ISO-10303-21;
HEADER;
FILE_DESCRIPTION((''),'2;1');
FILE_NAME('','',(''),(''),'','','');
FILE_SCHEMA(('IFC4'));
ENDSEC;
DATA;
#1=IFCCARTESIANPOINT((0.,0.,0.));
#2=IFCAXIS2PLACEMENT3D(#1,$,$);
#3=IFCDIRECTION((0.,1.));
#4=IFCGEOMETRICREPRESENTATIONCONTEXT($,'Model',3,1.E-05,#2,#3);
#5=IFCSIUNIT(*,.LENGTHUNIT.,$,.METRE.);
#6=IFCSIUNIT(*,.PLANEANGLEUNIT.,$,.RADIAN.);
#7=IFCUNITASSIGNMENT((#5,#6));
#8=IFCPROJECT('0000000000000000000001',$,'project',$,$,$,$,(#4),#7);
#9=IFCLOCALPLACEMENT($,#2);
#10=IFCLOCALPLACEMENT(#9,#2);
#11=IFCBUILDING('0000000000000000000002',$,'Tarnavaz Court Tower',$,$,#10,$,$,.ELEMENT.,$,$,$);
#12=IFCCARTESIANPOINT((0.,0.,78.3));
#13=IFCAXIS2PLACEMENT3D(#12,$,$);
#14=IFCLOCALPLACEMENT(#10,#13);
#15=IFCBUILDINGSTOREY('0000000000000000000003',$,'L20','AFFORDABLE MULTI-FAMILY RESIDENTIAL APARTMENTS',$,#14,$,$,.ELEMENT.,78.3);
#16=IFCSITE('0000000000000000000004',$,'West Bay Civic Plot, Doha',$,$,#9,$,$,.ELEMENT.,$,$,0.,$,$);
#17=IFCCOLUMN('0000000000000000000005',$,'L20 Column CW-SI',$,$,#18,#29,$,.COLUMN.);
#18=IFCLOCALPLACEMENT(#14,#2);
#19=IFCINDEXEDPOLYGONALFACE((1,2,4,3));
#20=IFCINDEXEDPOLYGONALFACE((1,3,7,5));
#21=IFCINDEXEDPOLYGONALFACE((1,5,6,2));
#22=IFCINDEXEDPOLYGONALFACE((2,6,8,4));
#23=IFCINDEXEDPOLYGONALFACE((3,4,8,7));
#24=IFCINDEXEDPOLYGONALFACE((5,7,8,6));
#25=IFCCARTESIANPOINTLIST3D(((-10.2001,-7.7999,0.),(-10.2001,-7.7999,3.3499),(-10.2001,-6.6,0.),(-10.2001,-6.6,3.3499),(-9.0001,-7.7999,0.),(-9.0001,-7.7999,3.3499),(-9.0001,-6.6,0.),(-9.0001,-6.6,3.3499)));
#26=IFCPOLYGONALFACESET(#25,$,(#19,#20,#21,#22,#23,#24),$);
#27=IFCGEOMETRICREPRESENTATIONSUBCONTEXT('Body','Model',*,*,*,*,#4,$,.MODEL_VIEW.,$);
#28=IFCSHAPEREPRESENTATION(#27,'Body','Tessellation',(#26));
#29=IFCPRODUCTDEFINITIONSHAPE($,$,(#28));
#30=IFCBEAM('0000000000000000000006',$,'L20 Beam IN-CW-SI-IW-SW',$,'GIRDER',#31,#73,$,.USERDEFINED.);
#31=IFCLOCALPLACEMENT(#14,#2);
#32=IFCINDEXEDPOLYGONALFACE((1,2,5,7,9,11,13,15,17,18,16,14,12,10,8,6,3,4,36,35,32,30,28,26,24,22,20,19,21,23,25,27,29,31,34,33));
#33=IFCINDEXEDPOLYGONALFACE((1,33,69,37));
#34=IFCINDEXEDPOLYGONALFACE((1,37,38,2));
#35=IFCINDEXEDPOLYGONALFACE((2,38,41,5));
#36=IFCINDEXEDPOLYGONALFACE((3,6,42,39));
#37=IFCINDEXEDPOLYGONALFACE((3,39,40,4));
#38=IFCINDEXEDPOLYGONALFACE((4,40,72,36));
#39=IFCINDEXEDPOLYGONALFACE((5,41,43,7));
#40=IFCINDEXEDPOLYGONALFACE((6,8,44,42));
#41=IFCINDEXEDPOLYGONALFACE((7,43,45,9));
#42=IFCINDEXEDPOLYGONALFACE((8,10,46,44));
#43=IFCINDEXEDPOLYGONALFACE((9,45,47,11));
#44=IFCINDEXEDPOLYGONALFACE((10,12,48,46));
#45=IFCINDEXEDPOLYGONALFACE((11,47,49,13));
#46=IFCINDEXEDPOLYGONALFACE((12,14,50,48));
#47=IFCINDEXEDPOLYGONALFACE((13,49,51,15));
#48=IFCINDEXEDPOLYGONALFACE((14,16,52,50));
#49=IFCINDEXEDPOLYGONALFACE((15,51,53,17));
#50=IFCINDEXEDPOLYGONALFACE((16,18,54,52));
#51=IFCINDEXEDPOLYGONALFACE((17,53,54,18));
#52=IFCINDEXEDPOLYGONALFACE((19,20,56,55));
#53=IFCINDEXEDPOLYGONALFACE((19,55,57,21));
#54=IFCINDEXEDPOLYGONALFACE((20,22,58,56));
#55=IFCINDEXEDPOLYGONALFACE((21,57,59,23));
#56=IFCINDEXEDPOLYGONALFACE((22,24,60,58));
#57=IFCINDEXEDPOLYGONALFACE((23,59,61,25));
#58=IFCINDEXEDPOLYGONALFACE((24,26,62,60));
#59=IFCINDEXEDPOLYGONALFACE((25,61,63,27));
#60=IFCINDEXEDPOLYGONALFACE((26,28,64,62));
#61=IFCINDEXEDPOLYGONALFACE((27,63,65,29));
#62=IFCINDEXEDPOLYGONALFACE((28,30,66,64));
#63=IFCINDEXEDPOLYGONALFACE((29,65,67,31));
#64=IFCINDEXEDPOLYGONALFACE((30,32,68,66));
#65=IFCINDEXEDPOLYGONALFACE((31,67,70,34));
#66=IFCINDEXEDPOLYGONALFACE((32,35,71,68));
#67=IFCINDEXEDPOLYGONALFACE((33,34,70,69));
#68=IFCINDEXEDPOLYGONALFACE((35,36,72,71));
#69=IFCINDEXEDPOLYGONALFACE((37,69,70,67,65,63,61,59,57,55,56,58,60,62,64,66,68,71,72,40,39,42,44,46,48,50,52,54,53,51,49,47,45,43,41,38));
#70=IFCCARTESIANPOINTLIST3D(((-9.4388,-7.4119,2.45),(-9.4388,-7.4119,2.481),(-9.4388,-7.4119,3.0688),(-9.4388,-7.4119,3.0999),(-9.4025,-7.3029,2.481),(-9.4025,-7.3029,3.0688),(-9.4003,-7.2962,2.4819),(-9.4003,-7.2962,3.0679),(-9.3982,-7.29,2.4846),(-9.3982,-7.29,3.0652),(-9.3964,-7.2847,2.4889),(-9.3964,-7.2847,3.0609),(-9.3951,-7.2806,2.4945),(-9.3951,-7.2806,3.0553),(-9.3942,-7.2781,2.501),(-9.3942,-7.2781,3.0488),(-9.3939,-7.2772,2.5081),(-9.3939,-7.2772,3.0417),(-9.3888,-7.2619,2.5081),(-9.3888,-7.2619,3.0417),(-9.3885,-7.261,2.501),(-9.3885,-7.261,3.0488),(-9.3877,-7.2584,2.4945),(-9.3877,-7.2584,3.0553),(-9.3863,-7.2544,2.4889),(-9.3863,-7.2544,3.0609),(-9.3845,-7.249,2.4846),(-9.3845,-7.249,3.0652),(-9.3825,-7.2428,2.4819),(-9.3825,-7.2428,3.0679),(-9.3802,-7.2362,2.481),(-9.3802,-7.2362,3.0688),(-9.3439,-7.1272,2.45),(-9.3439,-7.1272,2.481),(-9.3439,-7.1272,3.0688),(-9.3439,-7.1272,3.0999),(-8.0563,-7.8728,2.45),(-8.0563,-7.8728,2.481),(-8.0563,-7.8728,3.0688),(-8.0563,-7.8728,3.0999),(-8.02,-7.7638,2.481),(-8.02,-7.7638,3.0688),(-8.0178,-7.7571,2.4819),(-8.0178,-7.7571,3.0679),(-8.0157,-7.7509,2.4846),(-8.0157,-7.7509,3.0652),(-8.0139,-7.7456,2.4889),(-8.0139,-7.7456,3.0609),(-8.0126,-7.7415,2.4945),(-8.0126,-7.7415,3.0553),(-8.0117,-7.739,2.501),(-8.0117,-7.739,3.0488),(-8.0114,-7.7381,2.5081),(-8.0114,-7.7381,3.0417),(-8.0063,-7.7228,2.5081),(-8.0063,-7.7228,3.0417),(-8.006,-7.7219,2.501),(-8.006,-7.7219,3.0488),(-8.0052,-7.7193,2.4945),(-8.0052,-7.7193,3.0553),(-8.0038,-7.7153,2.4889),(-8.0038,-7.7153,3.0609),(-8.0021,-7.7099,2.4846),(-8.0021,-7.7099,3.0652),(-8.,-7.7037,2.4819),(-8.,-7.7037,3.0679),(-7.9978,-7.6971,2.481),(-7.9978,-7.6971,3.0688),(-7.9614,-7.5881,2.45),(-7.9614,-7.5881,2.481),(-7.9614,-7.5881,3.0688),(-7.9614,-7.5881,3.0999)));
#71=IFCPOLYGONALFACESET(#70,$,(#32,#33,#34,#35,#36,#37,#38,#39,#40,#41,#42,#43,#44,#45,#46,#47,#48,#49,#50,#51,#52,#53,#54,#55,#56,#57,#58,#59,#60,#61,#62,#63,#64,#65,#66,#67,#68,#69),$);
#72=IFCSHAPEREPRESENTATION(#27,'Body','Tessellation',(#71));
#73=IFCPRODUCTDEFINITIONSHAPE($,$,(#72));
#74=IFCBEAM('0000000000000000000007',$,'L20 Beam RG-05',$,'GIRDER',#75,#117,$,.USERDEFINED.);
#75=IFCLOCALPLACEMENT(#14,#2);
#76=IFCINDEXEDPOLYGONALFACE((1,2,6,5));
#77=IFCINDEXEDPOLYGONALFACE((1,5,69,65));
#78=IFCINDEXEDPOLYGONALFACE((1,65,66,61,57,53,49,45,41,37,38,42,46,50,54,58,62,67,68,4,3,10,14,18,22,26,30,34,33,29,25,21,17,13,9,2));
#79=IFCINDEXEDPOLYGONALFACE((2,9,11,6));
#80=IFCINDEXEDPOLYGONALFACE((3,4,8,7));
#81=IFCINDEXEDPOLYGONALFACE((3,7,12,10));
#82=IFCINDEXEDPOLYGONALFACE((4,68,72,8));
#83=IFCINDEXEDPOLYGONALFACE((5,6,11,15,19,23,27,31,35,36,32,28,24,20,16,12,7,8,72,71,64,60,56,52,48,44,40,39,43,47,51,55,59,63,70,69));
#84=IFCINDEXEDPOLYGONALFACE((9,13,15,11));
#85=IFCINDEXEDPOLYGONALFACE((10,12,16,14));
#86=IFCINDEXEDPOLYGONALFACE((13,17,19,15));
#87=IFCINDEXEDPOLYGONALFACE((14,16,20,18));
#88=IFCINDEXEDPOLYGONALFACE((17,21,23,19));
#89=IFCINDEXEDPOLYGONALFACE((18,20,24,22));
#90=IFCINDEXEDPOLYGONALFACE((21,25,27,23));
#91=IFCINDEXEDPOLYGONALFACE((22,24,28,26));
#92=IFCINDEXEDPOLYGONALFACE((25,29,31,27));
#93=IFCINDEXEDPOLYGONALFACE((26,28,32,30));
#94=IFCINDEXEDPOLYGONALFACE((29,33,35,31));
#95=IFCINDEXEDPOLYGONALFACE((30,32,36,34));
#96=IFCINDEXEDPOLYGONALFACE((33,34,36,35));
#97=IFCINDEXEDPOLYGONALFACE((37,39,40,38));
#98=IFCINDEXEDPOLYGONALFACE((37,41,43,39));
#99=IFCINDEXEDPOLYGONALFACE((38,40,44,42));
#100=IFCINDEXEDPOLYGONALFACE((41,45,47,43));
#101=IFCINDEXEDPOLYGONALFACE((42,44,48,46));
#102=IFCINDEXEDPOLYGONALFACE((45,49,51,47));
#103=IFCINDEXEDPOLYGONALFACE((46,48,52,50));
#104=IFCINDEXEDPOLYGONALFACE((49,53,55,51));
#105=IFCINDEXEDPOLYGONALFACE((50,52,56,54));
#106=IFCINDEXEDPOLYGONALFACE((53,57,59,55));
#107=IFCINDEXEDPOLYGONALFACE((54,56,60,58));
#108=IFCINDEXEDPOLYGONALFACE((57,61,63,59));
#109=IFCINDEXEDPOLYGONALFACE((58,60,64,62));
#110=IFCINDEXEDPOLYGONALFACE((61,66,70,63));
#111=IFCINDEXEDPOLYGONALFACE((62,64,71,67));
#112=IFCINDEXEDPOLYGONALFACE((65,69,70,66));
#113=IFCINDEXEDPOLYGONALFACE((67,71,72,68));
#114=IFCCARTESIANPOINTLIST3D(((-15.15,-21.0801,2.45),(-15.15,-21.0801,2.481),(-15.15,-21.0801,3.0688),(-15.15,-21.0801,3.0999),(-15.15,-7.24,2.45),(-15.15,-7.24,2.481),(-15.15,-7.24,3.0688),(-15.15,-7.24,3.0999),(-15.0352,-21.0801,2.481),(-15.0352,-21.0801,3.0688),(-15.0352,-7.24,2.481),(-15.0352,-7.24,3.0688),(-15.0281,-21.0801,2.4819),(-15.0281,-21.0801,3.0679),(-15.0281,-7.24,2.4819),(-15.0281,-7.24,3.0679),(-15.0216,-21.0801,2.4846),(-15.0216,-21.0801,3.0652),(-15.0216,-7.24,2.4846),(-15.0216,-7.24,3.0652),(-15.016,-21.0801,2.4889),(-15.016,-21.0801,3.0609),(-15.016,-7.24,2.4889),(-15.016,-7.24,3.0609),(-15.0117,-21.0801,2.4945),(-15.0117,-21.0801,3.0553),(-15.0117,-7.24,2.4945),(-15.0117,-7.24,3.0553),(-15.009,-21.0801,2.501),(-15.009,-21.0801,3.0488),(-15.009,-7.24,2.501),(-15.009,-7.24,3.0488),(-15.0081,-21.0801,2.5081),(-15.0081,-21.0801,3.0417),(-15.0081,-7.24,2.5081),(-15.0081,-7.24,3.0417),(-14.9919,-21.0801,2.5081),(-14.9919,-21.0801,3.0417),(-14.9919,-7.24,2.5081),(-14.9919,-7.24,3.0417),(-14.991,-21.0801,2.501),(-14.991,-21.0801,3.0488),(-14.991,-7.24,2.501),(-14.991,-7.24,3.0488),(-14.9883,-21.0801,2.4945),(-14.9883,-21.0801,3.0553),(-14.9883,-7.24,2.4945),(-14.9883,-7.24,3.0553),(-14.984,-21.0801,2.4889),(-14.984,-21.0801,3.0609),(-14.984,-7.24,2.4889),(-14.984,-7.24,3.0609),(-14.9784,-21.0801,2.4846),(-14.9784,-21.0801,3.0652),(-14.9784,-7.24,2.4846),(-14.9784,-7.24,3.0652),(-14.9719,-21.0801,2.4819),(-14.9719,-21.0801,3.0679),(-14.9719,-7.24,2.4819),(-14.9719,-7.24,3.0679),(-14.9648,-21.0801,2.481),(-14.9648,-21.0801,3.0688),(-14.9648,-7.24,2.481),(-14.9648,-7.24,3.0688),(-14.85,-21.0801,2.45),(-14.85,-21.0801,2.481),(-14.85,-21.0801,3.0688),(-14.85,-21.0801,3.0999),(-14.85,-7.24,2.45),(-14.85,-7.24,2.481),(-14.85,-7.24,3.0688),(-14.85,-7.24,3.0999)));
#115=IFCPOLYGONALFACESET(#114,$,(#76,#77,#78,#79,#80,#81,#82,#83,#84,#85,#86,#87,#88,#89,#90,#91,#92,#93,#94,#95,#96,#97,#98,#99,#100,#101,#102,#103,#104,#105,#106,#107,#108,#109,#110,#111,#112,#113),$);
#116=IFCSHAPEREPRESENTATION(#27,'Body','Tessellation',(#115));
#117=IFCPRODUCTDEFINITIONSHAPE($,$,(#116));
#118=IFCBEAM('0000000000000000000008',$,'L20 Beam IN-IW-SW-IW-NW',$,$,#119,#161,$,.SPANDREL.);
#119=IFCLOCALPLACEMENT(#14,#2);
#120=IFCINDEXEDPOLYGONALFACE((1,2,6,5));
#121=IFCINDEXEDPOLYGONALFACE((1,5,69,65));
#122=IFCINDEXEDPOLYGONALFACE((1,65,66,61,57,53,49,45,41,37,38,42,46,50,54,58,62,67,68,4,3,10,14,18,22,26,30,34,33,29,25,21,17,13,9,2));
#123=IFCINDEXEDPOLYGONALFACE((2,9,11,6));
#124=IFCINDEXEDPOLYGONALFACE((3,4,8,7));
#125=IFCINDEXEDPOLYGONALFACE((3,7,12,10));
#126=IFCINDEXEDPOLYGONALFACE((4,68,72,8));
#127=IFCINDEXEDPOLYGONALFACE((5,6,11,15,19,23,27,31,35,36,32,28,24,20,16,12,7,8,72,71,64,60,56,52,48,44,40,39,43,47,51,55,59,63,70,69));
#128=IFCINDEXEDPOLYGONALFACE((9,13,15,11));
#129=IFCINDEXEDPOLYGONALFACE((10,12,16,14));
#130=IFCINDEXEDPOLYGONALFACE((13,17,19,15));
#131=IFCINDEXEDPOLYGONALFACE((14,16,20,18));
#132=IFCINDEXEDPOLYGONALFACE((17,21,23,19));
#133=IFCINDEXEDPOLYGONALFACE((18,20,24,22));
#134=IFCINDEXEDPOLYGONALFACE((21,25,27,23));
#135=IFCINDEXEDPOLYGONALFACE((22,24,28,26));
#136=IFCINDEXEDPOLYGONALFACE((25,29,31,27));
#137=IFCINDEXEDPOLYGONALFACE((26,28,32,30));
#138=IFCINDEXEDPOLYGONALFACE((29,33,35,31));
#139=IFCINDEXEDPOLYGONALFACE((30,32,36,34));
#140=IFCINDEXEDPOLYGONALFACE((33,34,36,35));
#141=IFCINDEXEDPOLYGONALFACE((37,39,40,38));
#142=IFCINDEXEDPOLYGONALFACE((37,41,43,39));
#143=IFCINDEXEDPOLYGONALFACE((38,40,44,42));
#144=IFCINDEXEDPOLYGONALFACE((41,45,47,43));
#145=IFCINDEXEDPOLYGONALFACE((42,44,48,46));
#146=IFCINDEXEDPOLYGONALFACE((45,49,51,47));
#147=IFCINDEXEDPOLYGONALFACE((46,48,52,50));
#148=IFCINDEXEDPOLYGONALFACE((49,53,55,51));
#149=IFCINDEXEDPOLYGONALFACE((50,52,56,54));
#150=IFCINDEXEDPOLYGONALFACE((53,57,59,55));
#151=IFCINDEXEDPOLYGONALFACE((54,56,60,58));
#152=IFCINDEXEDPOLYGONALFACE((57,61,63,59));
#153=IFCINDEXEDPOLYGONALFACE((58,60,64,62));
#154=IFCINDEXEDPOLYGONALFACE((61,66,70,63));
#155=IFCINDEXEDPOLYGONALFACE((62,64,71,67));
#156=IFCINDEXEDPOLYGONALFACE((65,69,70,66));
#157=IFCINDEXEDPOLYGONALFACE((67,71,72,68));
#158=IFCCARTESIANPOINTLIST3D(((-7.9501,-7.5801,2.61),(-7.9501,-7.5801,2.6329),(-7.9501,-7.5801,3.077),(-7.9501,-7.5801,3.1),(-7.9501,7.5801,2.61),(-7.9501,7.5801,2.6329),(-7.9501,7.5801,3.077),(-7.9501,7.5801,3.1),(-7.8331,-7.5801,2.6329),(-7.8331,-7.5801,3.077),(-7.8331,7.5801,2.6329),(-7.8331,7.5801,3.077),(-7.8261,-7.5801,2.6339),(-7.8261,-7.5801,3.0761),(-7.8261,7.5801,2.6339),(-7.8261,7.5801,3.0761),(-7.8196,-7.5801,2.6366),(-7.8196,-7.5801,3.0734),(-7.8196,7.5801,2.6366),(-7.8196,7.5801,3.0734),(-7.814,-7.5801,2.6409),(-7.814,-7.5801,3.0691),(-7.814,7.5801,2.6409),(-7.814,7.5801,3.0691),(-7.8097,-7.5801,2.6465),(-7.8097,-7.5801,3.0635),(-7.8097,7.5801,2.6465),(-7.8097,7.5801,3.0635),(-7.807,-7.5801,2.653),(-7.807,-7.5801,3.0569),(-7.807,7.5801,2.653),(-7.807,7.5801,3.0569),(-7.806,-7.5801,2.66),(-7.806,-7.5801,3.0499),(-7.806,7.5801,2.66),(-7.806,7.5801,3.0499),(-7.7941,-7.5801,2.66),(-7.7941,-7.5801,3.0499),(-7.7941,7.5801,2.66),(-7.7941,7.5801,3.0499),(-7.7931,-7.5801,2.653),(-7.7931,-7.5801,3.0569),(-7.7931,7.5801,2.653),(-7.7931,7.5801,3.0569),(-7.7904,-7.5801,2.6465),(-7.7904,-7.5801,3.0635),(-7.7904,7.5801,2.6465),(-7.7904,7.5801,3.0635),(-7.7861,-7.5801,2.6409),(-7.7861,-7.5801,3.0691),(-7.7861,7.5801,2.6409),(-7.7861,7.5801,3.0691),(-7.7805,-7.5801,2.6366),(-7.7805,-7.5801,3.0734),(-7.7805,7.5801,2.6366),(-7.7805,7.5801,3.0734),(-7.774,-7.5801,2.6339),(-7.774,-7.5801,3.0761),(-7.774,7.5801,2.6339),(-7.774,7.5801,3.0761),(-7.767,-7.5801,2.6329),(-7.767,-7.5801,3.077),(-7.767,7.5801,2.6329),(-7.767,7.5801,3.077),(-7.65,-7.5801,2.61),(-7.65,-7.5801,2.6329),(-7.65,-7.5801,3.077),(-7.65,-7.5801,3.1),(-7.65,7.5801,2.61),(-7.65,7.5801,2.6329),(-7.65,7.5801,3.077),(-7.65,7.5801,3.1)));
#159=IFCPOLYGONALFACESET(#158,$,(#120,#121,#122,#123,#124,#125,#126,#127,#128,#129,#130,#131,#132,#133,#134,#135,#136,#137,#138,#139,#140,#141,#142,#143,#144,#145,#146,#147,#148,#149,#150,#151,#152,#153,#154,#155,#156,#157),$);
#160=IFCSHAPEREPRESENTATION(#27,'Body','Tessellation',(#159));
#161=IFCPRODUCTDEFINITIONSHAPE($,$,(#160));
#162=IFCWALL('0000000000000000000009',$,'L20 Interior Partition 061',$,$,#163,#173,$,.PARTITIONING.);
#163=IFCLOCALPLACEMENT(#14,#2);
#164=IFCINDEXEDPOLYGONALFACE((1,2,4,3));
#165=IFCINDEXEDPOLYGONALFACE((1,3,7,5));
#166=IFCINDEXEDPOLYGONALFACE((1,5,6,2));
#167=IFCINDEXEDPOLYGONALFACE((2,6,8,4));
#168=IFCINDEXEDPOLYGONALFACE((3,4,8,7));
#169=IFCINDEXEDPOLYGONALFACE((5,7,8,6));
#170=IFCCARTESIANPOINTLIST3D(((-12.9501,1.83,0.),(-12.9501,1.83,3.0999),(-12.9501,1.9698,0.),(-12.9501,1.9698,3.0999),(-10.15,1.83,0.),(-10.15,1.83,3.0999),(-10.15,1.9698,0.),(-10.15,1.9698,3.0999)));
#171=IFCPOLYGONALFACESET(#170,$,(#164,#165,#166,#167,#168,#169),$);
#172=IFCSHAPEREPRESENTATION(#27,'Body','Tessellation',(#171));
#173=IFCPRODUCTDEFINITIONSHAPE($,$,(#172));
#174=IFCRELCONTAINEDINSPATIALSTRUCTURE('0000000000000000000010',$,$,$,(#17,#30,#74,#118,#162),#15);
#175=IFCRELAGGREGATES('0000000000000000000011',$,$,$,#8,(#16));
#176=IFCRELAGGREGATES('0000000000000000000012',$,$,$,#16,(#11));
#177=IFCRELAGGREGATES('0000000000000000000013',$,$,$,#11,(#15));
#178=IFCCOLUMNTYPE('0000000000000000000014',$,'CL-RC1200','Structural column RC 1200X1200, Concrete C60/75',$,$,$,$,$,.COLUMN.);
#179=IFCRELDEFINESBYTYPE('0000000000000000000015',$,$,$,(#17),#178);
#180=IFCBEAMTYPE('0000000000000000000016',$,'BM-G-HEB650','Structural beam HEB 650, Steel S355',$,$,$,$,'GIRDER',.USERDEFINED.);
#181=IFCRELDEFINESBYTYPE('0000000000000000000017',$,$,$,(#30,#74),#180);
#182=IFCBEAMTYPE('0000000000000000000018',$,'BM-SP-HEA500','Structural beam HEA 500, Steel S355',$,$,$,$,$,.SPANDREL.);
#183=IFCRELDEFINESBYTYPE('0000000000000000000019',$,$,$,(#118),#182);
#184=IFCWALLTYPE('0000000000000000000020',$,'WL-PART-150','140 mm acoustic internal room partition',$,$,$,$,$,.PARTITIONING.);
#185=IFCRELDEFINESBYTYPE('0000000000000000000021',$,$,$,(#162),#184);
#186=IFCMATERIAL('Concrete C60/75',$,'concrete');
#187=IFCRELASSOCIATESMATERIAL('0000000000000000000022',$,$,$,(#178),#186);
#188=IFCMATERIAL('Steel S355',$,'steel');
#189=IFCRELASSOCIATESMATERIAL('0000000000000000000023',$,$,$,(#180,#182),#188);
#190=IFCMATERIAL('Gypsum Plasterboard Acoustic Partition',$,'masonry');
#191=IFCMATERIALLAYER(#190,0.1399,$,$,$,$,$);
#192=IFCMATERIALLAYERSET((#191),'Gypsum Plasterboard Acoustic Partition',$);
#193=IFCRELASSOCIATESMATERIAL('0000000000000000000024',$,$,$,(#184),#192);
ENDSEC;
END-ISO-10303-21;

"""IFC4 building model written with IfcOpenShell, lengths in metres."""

from ifc_helpers import new_model, si_unit, direction, frame, frame_2d, origin, origin_2d, place, context, subcontext, project, spatial, rectangle, i_section, extrude, material, layer, layer_set, material_profile, profile_set, type_object, element, save


model = new_model("IFC4")

# Units and contexts
model_context = context("Model", 3, precision=1e-05, world=origin(), true_north=direction((0.0, 1.0)))
body_context = subcontext(model_context, "Body", "Model", "MODEL_VIEW")
ifc_project = project(units=[si_unit("LENGTHUNIT", "METRE"), si_unit("PLANEANGLEUNIT", "RADIAN")], contexts=[model_context])

# Site, building, storey
site_placement = place(None, origin())
site = spatial("IfcSite", under=ifc_project, at=site_placement, Name="West Bay Civic Plot, Doha", CompositionType="ELEMENT", RefElevation=0.0)
building_placement = place(site_placement, origin())
building = spatial("IfcBuilding", under=site, at=building_placement, Name="Tarnavaz Court Tower", CompositionType="ELEMENT")
storey_placement = place(building_placement, frame((0.0, 0.0, 78.3)))
storey = spatial("IfcBuildingStorey", under=building, at=storey_placement, Name="L20", Description="AFFORDABLE MULTI-FAMILY RESIDENTIAL APARTMENTS", CompositionType="ELEMENT", Elevation=78.3)

# Column
ifc_material_1 = material(Name="Concrete C60/75", Category="concrete")
ifc_material_profile_1 = material_profile(ifc_material_1, rectangle(XDim=1.2, YDim=1.2, at=origin_2d()), Name="RC 1200X1200")
ifc_profile_set_1 = profile_set([ifc_material_profile_1], Name="Concrete C60/75")
column_type = type_object("IfcColumnType", Name="CL-RC1200", Description="Structural column RC 1200X1200, Concrete C60/75", PredefinedType="COLUMN", material=ifc_profile_set_1)
column_placement = place(storey_placement, frame((-9.6001, -7.2, 0.0), z_axis=(0.0, 0.0, 1.0), x_axis=(1.0, 0.0, 0.0)))
element("IfcColumn", 1, at=column_placement, inside=storey, type_object=column_type, Name="L20 Column CW-SI", PredefinedType="COLUMN", context=body_context, shape_type="SweptSolid", body=[
    extrude(rectangle(XDim=1.2, YDim=1.2, at=origin_2d()), origin(), (0.0, 0.0, 1.0), 3.3499),
])

# Beams
ifc_material_2 = material(Name="Steel S355", Category="steel")
ifc_material_profile_2 = material_profile(ifc_material_2, i_section(OverallWidth=0.3, OverallDepth=0.6499, WebThickness=0.0161, FlangeThickness=0.031, FilletRadius=0.0271, at=origin_2d()), Name="HEB 650")
ifc_profile_set_2 = profile_set([ifc_material_profile_2], Name="Steel S355")
beam_type_1 = type_object("IfcBeamType", Name="BM-G-HEB650", Description="Structural beam HEB 650, Steel S355", ElementType="GIRDER", PredefinedType="USERDEFINED", material=ifc_profile_set_2)
beam_1_placement = place(storey_placement, frame((-9.3914, -7.2695, 2.7749), z_axis=(0.948667, -0.316278, 0.0), x_axis=(0.316278, 0.948667, 0.0)))
element("IfcBeam", 2, at=beam_1_placement, inside=storey, type_object=beam_type_1, Name="L20 Beam IN-CW-SI-IW-SW", ObjectType="GIRDER", PredefinedType="USERDEFINED", context=body_context, shape_type="SweptSolid", body=[
    extrude(i_section(OverallWidth=0.3, OverallDepth=0.6499, WebThickness=0.0161, FlangeThickness=0.031, FilletRadius=0.0271, at=origin_2d()), origin(), (0.0, 0.0, 1.0), 1.4573),
])
beam_2_placement = place(storey_placement, frame((-15.0, -7.24, 2.7749), z_axis=(0.0, -1.0, 0.0), x_axis=(1.0, 0.0, 0.0)))
element("IfcBeam", 3, at=beam_2_placement, inside=storey, type_object=beam_type_1, Name="L20 Beam RG-05", ObjectType="GIRDER", PredefinedType="USERDEFINED", context=body_context, shape_type="SweptSolid", body=[
    extrude(i_section(OverallWidth=0.3, OverallDepth=0.6499, WebThickness=0.0161, FlangeThickness=0.031, FilletRadius=0.0271, at=origin_2d()), origin(), (0.0, 0.0, 1.0), 13.8401),
])
ifc_material_profile_3 = material_profile(ifc_material_2, i_section(OverallWidth=0.3, OverallDepth=0.49, WebThickness=0.012, FlangeThickness=0.0229, FilletRadius=0.0271, at=origin_2d()), Name="HEA 500")
ifc_profile_set_3 = profile_set([ifc_material_profile_3], Name="Steel S355")
beam_type_2 = type_object("IfcBeamType", Name="BM-SP-HEA500", Description="Structural beam HEA 500, Steel S355", PredefinedType="SPANDREL", material=ifc_profile_set_3)
beam_3_placement = place(storey_placement, frame((-7.8, -7.5801, 2.855), z_axis=(0.0, 1.0, 0.0), x_axis=(-1.0, 0.0, 0.0)))
element("IfcBeam", 4, at=beam_3_placement, inside=storey, type_object=beam_type_2, Name="L20 Beam IN-IW-SW-IW-NW", PredefinedType="SPANDREL", context=body_context, shape_type="SweptSolid", body=[
    extrude(i_section(OverallWidth=0.3, OverallDepth=0.49, WebThickness=0.012, FlangeThickness=0.0229, FilletRadius=0.0271, at=origin_2d()), origin(), (0.0, 0.0, 1.0), 15.1602),
])

# Wall
ifc_material_3 = material(Name="Gypsum Plasterboard Acoustic Partition", Category="masonry")
ifc_layer_1 = layer(ifc_material_3, 0.1399)
ifc_layer_set_1 = layer_set([ifc_layer_1], Name="Gypsum Plasterboard Acoustic Partition")
wall_type_1 = type_object("IfcWallType", Name="WL-PART-150", Description="140 mm acoustic internal room partition", PredefinedType="PARTITIONING", material=ifc_layer_set_1)
wall_1_placement = place(storey_placement, frame((-12.95, 1.8999, 0.0), z_axis=(0.0, 0.0, 1.0), x_axis=(1.0, 0.0, 0.0)))
element("IfcWall", 5, at=wall_1_placement, inside=storey, type_object=wall_type_1, Name="L20 Interior Partition 061", PredefinedType="PARTITIONING", context=body_context, shape_type="SweptSolid", body=[
    extrude(rectangle(XDim=2.8, YDim=0.1399, at=frame_2d((1.3999, 0.0))), origin(), (0.0, 0.0, 1.0), 3.0999),
])

save(model, "model.ifc")
